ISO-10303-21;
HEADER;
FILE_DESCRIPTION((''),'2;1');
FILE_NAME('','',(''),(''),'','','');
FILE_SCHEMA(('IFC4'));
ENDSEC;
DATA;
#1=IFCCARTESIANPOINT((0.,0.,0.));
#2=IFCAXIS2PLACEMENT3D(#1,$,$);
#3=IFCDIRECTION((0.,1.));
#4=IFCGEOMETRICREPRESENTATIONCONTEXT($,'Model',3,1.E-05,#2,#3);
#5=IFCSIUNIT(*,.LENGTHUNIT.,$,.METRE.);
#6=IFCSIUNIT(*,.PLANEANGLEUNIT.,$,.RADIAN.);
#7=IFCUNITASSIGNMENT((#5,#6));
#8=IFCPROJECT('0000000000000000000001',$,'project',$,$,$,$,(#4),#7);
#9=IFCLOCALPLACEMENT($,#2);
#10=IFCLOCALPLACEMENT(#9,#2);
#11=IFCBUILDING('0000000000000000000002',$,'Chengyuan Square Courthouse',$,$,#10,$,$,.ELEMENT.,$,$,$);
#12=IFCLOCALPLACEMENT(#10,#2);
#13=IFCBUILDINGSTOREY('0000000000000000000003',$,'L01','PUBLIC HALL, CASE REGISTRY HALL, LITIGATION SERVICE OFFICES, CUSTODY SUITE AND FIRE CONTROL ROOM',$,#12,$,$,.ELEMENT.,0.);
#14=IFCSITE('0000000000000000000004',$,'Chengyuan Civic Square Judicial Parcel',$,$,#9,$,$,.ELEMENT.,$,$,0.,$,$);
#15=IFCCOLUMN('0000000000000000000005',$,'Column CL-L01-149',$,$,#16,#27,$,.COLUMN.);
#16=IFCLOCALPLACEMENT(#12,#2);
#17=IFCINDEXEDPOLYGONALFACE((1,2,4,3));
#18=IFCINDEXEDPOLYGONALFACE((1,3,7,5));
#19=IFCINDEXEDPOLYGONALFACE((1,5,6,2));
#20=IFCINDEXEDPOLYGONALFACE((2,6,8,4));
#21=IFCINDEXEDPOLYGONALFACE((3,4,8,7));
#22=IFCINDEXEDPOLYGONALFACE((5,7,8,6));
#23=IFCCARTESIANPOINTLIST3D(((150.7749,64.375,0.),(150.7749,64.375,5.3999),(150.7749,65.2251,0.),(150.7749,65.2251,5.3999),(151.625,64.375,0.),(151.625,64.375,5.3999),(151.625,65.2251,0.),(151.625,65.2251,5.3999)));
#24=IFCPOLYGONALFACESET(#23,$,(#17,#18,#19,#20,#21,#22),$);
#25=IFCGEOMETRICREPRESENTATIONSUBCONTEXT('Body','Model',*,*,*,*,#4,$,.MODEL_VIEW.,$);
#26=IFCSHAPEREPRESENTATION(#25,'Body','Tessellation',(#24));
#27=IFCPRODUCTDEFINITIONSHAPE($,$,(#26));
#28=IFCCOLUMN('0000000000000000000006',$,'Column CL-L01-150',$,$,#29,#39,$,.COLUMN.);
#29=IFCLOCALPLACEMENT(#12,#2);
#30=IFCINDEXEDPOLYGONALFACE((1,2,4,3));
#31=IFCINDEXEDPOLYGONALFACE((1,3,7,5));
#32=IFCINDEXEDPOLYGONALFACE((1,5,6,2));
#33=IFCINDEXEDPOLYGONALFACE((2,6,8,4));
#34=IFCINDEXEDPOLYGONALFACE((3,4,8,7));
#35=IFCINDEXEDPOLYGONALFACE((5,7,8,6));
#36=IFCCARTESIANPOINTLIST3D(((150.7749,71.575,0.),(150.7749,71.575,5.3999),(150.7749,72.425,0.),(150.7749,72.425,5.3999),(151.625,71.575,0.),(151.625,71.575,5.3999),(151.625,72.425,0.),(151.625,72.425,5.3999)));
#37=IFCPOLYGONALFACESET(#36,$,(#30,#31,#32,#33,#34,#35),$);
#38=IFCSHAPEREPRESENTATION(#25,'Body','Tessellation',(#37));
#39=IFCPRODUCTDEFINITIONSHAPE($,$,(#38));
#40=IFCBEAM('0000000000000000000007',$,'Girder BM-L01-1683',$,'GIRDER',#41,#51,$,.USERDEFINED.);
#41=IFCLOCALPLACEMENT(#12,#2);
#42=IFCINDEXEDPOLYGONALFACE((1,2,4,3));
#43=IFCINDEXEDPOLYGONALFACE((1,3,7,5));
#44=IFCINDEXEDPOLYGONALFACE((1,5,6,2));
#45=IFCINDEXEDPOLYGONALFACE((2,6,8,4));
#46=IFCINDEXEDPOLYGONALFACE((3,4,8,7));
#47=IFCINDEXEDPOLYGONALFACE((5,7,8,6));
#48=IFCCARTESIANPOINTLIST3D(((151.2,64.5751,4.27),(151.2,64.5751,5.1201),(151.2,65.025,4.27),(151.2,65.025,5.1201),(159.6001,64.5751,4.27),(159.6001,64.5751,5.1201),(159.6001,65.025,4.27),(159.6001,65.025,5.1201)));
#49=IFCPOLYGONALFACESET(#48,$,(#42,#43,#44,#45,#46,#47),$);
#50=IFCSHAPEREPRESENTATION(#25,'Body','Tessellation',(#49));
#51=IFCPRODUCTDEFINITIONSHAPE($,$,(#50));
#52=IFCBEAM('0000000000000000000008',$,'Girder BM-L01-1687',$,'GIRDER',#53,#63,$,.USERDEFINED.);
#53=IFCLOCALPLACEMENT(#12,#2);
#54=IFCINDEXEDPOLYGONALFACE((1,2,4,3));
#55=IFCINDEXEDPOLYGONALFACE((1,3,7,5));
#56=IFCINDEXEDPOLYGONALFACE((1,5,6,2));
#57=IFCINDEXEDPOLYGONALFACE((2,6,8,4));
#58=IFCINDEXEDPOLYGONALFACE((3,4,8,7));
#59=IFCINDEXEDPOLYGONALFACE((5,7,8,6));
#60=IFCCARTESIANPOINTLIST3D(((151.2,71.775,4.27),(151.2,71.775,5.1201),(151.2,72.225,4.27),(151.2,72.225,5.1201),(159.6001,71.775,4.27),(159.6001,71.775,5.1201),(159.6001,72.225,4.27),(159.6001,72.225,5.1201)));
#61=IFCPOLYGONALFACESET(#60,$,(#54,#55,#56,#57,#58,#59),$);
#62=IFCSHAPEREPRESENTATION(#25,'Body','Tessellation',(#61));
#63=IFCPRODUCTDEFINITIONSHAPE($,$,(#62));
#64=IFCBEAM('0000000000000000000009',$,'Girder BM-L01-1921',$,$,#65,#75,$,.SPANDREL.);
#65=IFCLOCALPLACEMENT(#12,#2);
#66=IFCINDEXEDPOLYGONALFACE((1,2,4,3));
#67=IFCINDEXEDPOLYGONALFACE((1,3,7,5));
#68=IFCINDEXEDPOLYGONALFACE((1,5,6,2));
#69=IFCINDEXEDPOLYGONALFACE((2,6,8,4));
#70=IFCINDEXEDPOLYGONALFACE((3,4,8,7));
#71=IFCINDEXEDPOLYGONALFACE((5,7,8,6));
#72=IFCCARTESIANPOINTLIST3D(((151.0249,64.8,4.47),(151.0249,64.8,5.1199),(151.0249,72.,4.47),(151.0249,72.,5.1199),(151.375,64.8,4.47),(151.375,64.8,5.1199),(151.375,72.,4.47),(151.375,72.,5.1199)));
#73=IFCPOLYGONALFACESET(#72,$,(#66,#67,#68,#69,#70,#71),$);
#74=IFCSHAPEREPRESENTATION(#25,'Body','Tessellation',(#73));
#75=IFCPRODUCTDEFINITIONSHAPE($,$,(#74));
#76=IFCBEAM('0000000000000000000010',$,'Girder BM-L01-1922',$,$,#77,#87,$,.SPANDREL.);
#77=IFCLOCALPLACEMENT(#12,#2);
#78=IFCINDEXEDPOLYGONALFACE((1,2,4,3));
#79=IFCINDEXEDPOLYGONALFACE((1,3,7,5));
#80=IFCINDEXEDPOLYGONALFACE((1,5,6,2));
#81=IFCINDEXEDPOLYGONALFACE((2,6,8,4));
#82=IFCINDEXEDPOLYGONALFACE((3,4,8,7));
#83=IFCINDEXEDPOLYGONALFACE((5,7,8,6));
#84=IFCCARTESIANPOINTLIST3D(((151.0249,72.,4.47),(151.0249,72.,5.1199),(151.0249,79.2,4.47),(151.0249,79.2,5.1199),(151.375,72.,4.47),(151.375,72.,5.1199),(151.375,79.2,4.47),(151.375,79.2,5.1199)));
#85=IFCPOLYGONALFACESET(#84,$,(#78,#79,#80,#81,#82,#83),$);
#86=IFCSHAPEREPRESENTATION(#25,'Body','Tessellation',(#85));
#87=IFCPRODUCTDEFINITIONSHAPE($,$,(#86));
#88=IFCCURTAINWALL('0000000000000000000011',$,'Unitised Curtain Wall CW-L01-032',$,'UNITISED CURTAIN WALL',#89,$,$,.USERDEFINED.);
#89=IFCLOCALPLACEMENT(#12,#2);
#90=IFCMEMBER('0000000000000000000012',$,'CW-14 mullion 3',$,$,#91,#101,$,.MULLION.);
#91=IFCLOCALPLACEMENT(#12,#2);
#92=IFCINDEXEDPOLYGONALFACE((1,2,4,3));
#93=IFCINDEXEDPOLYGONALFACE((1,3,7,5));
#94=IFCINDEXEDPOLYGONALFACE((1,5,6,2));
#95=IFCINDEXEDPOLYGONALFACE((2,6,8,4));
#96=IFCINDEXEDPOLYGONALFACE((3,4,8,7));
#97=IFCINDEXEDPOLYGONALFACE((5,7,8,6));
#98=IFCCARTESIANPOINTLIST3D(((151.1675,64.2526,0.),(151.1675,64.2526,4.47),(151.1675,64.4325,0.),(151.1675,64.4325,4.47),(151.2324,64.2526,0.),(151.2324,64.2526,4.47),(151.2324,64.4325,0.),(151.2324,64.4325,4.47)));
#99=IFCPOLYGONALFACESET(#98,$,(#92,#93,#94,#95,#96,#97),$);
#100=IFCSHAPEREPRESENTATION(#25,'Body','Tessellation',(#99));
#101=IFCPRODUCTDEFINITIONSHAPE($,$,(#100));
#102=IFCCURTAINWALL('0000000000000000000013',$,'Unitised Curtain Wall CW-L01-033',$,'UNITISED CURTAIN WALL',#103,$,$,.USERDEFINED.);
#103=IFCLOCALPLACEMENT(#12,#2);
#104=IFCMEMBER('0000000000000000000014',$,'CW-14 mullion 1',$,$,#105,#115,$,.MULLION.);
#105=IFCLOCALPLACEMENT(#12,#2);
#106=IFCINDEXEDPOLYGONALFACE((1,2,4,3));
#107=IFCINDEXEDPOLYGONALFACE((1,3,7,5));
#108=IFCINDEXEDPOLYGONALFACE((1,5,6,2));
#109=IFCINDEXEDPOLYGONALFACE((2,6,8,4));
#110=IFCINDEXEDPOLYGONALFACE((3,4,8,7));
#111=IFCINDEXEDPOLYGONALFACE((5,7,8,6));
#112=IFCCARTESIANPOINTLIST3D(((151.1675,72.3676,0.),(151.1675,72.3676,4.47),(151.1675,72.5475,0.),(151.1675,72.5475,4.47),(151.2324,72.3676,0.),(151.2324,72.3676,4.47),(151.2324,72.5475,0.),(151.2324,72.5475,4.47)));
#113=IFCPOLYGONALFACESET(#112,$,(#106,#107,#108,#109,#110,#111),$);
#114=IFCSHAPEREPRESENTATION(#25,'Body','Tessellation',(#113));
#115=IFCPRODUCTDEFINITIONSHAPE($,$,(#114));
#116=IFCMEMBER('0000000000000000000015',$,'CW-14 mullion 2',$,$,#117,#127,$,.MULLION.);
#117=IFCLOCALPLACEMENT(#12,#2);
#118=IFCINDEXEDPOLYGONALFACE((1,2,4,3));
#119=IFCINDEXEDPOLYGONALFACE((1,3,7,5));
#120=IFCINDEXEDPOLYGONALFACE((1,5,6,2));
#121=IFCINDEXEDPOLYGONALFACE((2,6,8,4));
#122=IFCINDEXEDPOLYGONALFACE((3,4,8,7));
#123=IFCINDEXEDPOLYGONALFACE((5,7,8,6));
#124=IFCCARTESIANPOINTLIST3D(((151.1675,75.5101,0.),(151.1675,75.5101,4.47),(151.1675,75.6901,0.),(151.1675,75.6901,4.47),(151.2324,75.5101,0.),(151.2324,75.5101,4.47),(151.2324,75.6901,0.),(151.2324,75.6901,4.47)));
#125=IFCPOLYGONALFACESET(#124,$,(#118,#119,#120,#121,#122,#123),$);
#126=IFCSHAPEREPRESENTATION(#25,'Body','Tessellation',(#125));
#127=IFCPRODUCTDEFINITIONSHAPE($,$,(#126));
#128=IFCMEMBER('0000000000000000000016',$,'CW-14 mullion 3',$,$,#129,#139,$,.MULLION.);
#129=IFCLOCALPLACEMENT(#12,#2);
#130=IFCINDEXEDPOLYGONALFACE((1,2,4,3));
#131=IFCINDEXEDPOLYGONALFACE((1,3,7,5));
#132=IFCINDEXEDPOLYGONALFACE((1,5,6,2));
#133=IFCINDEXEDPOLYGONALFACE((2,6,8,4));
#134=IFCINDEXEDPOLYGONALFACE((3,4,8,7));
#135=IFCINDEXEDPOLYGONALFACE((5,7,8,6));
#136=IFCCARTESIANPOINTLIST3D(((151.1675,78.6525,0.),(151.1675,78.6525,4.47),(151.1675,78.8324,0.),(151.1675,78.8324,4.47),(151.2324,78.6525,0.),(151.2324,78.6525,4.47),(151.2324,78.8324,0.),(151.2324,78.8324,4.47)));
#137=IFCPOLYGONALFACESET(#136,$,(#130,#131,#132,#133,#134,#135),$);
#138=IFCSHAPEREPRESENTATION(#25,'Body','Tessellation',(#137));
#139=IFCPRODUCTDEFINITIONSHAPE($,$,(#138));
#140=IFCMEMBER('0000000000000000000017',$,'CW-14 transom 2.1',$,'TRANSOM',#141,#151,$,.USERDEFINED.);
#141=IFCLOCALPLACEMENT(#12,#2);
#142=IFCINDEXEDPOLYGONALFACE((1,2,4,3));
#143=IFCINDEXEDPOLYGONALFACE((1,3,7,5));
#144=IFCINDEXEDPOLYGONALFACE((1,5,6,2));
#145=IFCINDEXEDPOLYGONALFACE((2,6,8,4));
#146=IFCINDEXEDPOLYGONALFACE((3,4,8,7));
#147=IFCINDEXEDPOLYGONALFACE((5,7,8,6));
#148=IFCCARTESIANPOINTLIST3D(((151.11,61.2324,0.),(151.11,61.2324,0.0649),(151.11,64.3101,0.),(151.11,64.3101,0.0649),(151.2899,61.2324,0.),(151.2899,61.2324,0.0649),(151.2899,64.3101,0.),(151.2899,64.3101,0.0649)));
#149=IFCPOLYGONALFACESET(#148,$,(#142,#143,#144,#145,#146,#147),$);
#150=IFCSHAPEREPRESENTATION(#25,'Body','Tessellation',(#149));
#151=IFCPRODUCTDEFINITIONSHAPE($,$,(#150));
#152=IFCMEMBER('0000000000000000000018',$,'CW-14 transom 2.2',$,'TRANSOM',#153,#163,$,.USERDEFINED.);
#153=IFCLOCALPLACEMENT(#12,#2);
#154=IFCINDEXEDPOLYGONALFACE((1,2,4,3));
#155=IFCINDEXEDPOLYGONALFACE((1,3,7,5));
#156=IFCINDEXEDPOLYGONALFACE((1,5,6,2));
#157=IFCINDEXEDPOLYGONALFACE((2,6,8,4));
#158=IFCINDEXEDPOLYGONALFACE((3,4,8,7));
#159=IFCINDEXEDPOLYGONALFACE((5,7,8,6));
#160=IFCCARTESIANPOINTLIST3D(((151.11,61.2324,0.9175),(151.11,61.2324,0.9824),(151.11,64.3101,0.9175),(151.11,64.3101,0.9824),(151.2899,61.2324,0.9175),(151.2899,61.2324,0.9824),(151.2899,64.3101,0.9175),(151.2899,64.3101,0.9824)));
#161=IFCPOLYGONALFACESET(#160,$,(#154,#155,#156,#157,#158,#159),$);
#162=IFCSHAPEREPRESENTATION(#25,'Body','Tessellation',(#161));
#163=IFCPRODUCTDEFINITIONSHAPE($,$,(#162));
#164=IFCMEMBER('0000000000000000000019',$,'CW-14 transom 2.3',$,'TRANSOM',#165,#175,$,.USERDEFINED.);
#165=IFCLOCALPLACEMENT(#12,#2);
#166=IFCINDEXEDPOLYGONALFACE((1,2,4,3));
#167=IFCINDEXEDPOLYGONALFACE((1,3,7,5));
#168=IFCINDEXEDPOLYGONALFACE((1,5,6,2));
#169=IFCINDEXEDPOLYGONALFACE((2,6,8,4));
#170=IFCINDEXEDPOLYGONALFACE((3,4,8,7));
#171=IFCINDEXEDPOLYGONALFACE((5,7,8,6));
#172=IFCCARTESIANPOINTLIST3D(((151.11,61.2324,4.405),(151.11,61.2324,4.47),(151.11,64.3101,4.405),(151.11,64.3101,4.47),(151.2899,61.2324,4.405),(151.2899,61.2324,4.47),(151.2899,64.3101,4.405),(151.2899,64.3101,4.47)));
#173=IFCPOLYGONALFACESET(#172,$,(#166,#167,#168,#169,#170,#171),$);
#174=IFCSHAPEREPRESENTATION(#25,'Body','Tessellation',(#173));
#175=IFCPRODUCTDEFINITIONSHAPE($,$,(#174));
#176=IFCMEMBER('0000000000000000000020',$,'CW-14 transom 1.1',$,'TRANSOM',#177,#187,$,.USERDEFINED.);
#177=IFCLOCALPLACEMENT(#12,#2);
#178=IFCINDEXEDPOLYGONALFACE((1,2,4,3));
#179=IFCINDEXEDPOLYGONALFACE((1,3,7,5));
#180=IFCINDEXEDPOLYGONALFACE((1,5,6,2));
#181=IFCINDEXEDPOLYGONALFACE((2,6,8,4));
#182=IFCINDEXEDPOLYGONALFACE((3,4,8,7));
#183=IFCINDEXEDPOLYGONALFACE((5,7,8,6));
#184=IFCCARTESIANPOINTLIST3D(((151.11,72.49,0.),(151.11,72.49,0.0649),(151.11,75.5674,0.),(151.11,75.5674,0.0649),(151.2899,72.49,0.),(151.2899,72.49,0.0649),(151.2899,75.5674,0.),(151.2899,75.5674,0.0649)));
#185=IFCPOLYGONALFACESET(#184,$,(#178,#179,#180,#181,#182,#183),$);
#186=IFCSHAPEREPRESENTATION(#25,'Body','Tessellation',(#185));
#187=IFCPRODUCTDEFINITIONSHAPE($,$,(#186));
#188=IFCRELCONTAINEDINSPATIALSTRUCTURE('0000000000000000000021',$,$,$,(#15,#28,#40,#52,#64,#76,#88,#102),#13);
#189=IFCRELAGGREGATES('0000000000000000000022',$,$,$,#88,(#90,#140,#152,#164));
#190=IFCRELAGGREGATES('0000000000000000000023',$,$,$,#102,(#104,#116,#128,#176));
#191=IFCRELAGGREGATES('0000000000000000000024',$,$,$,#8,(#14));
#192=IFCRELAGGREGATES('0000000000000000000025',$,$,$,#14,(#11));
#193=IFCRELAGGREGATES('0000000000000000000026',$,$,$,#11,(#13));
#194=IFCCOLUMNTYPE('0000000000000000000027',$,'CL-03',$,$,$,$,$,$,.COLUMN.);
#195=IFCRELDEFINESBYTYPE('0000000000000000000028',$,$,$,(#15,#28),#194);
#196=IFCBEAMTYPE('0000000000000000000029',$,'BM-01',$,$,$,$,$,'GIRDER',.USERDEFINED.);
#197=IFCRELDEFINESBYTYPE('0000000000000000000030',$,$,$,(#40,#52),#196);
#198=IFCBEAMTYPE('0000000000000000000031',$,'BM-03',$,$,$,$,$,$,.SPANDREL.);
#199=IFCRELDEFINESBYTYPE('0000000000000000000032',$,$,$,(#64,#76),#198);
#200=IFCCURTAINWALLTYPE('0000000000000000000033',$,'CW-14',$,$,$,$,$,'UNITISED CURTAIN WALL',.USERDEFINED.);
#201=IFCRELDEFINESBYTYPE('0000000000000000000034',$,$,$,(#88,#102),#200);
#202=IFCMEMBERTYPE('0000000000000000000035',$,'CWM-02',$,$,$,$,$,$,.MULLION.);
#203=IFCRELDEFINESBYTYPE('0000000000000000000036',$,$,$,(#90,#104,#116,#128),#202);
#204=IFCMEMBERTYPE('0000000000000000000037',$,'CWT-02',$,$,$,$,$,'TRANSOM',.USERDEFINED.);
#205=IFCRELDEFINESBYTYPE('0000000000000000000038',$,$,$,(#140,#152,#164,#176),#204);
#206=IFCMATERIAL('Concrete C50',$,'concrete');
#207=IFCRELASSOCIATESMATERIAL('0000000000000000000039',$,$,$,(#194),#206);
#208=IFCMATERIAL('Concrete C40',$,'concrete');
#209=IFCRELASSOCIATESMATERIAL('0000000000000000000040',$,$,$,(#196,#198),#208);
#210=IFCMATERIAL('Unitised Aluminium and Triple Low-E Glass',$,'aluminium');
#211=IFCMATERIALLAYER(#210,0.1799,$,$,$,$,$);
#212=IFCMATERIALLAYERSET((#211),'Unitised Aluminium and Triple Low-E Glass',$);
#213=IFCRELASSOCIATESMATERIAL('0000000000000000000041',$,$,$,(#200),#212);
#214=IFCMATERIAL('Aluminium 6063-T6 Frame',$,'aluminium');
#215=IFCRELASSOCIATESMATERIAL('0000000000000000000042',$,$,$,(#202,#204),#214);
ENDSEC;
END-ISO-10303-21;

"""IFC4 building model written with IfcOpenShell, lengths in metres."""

from ifc_helpers import new_model, si_unit, direction, frame, origin, origin_2d, place, context, subcontext, project, spatial, rectangle, extrude, material, layer, layer_set, material_profile, profile_set, type_object, element, aggregate, save


model = new_model("IFC4")

# Units and contexts
model_context = context("Model", 3, precision=1e-05, world=origin(), true_north=direction((0.0, 1.0)))
body_context = subcontext(model_context, "Body", "Model", "MODEL_VIEW")
ifc_project = project(units=[si_unit("LENGTHUNIT", "METRE"), si_unit("PLANEANGLEUNIT", "RADIAN")], contexts=[model_context])

# Site, building, storey
site_placement = place(None, origin())
site = spatial("IfcSite", under=ifc_project, at=site_placement, Name="Chengyuan Civic Square Judicial Parcel", CompositionType="ELEMENT", RefElevation=0.0)
building_placement = place(site_placement, origin())
building = spatial("IfcBuilding", under=site, at=building_placement, Name="Chengyuan Square Courthouse", CompositionType="ELEMENT")
storey_placement = place(building_placement, origin())
storey = spatial("IfcBuildingStorey", under=building, at=storey_placement, Name="L01", Description="PUBLIC HALL, CASE REGISTRY HALL, LITIGATION SERVICE OFFICES, CUSTODY SUITE AND FIRE CONTROL ROOM", CompositionType="ELEMENT", Elevation=0.0)

# Columns
ifc_material_1 = material(Name="Concrete C50", Category="concrete")
ifc_material_profile_1 = material_profile(ifc_material_1, rectangle(XDim=0.8501, YDim=0.8501, at=origin_2d()), Name="RC-COL-850x850")
ifc_profile_set_1 = profile_set([ifc_material_profile_1], Name="Concrete C50")
column_type = type_object("IfcColumnType", Name="CL-03", PredefinedType="COLUMN", material=ifc_profile_set_1)
for number, where, z_axis, x_axis, name in (
    (1, (151.2, 64.8, 0.0), (0.0, 0.0, 1.0), (1.0, 0.0, 0.0), "Column CL-L01-149"),
    (2, (151.2, 72.0, 0.0), (0.0, 0.0, 1.0), (1.0, 0.0, 0.0), "Column CL-L01-150"),
):
    element("IfcColumn", number, at=place(storey_placement, frame(where, z_axis=z_axis, x_axis=x_axis)), inside=storey, type_object=column_type, Name=name, PredefinedType="COLUMN", context=body_context, shape_type="SweptSolid", body=[
        extrude(rectangle(XDim=0.8501, YDim=0.8501, at=origin_2d()), origin(), (0.0, 0.0, 1.0), 5.3999),
    ])

# Beams
ifc_material_2 = material(Name="Concrete C40", Category="concrete")
ifc_material_profile_2 = material_profile(ifc_material_2, rectangle(XDim=0.45, YDim=0.8501, at=origin_2d()), Name="RC-BM-450x850")
ifc_profile_set_2 = profile_set([ifc_material_profile_2], Name="Concrete C40")
beam_type_1 = type_object("IfcBeamType", Name="BM-01", ElementType="GIRDER", PredefinedType="USERDEFINED", material=ifc_profile_set_2)
for number, where, z_axis, x_axis, name in (
    (3, (151.2, 64.8, 4.6951), (1.0, 0.0, 0.0), (0.0, 1.0, 0.0), "Girder BM-L01-1683"),
    (4, (151.2, 72.0, 4.6951), (1.0, 0.0, 0.0), (0.0, 1.0, 0.0), "Girder BM-L01-1687"),
):
    element("IfcBeam", number, at=place(storey_placement, frame(where, z_axis=z_axis, x_axis=x_axis)), inside=storey, type_object=beam_type_1, Name=name, ObjectType="GIRDER", PredefinedType="USERDEFINED", context=body_context, shape_type="SweptSolid", body=[
        extrude(rectangle(XDim=0.45, YDim=0.8501, at=origin_2d()), origin(), (0.0, 0.0, 1.0), 8.4001),
    ])
ifc_material_profile_3 = material_profile(ifc_material_2, rectangle(XDim=0.3501, YDim=0.6499, at=origin_2d()), Name="RC-BM-350x650")
ifc_profile_set_3 = profile_set([ifc_material_profile_3], Name="Concrete C40")
beam_type_2 = type_object("IfcBeamType", Name="BM-03", PredefinedType="SPANDREL", material=ifc_profile_set_3)
for number, where, z_axis, x_axis, name in (
    (5, (151.2, 64.8, 4.7949), (0.0, 1.0, 0.0), (-1.0, 0.0, 0.0), "Girder BM-L01-1921"),
    (6, (151.2, 72.0, 4.7949), (0.0, 1.0, 0.0), (-1.0, 0.0, 0.0), "Girder BM-L01-1922"),
):
    element("IfcBeam", number, at=place(storey_placement, frame(where, z_axis=z_axis, x_axis=x_axis)), inside=storey, type_object=beam_type_2, Name=name, PredefinedType="SPANDREL", context=body_context, shape_type="SweptSolid", body=[
        extrude(rectangle(XDim=0.3501, YDim=0.6499, at=origin_2d()), origin(), (0.0, 0.0, 1.0), 7.2),
    ])

# Curtain wall, member
ifc_material_3 = material(Name="Unitised Aluminium and Triple Low-E Glass", Category="aluminium")
ifc_layer_1 = layer(ifc_material_3, 0.1799)
ifc_layer_set_1 = layer_set([ifc_layer_1], Name="Unitised Aluminium and Triple Low-E Glass")
curtain_wall_type = type_object("IfcCurtainWallType", Name="CW-14", ElementType="UNITISED CURTAIN WALL", PredefinedType="USERDEFINED", material=ifc_layer_set_1)
curtain_wall_1_placement = place(storey_placement, origin())
curtain_wall_1 = element("IfcCurtainWall", 7, at=curtain_wall_1_placement, inside=storey, type_object=curtain_wall_type, Name="Unitised Curtain Wall CW-L01-032", ObjectType="UNITISED CURTAIN WALL", PredefinedType="USERDEFINED")
ifc_material_4 = material(Name="Aluminium 6063-T6 Frame", Category="aluminium")
ifc_material_profile_4 = material_profile(ifc_material_4, rectangle(XDim=0.0649, YDim=0.1799, at=origin_2d()), Name="CW-MUL-65x180")
ifc_profile_set_4 = profile_set([ifc_material_profile_4], Name="Aluminium 6063-T6 Frame")
member_type_1 = type_object("IfcMemberType", Name="CWM-02", PredefinedType="MULLION", material=ifc_profile_set_4)
member_1_placement = place(storey_placement, frame((151.2, 64.3425, 0.0), z_axis=(0.0, 0.0, 1.0), x_axis=(-1.0, 0.0, 0.0)))
member_1 = element("IfcMember", 8, at=member_1_placement, type_object=member_type_1, Name="CW-14 mullion 3", PredefinedType="MULLION", context=body_context, shape_type="SweptSolid", body=[
    extrude(rectangle(XDim=0.0649, YDim=0.1799, at=origin_2d()), origin(), (0.0, 0.0, 1.0), 4.47),
])

# Curtain wall, members
curtain_wall_2_placement = place(storey_placement, origin())
curtain_wall_2 = element("IfcCurtainWall", 9, at=curtain_wall_2_placement, inside=storey, type_object=curtain_wall_type, Name="Unitised Curtain Wall CW-L01-033", ObjectType="UNITISED CURTAIN WALL", PredefinedType="USERDEFINED")
member_2_placement = place(storey_placement, frame((151.2, 72.4575, 0.0), z_axis=(0.0, 0.0, 1.0), x_axis=(-1.0, 0.0, 0.0)))
member_2 = element("IfcMember", 10, at=member_2_placement, type_object=member_type_1, Name="CW-14 mullion 1", PredefinedType="MULLION", context=body_context, shape_type="SweptSolid", body=[
    extrude(rectangle(XDim=0.0649, YDim=0.1799, at=origin_2d()), origin(), (0.0, 0.0, 1.0), 4.47),
])
member_3_placement = place(storey_placement, frame((151.2, 75.6001, 0.0), z_axis=(0.0, 0.0, 1.0), x_axis=(-1.0, 0.0, 0.0)))
member_3 = element("IfcMember", 11, at=member_3_placement, type_object=member_type_1, Name="CW-14 mullion 2", PredefinedType="MULLION", context=body_context, shape_type="SweptSolid", body=[
    extrude(rectangle(XDim=0.0649, YDim=0.1799, at=origin_2d()), origin(), (0.0, 0.0, 1.0), 4.47),
])
member_4_placement = place(storey_placement, frame((151.2, 78.7424, 0.0), z_axis=(0.0, 0.0, 1.0), x_axis=(-1.0, 0.0, 0.0)))
member_4 = element("IfcMember", 12, at=member_4_placement, type_object=member_type_1, Name="CW-14 mullion 3", PredefinedType="MULLION", context=body_context, shape_type="SweptSolid", body=[
    extrude(rectangle(XDim=0.0649, YDim=0.1799, at=origin_2d()), origin(), (0.0, 0.0, 1.0), 4.47),
])

# Members
ifc_material_profile_5 = material_profile(ifc_material_4, rectangle(XDim=0.1799, YDim=0.0649, at=origin_2d()), Name="CW-TRN-65x140")
ifc_profile_set_5 = profile_set([ifc_material_profile_5], Name="Aluminium 6063-T6 Frame")
member_type_2 = type_object("IfcMemberType", Name="CWT-02", ElementType="TRANSOM", PredefinedType="USERDEFINED", material=ifc_profile_set_5)
member_5_placement = place(storey_placement, frame((151.2, 61.2324, 0.0325), z_axis=(0.0, 1.0, 0.0), x_axis=(-1.0, 0.0, 0.0)))
member_5 = element("IfcMember", 13, at=member_5_placement, type_object=member_type_2, Name="CW-14 transom 2.1", ObjectType="TRANSOM", PredefinedType="USERDEFINED", context=body_context, shape_type="SweptSolid", body=[
    extrude(rectangle(XDim=0.1799, YDim=0.0649, at=origin_2d()), origin(), (0.0, 0.0, 1.0), 3.0776),
])
member_6_placement = place(storey_placement, frame((151.2, 61.2324, 0.95), z_axis=(0.0, 1.0, 0.0), x_axis=(-1.0, 0.0, 0.0)))
member_6 = element("IfcMember", 14, at=member_6_placement, type_object=member_type_2, Name="CW-14 transom 2.2", ObjectType="TRANSOM", PredefinedType="USERDEFINED", context=body_context, shape_type="SweptSolid", body=[
    extrude(rectangle(XDim=0.1799, YDim=0.0649, at=origin_2d()), origin(), (0.0, 0.0, 1.0), 3.0776),
])
member_7_placement = place(storey_placement, frame((151.2, 61.2324, 4.4375), z_axis=(0.0, 1.0, 0.0), x_axis=(-1.0, 0.0, 0.0)))
member_7 = element("IfcMember", 15, at=member_7_placement, type_object=member_type_2, Name="CW-14 transom 2.3", ObjectType="TRANSOM", PredefinedType="USERDEFINED", context=body_context, shape_type="SweptSolid", body=[
    extrude(rectangle(XDim=0.1799, YDim=0.0649, at=origin_2d()), origin(), (0.0, 0.0, 1.0), 3.0776),
])
member_8_placement = place(storey_placement, frame((151.2, 72.49, 0.0325), z_axis=(0.0, 1.0, 0.0), x_axis=(-1.0, 0.0, 0.0)))
member_8 = element("IfcMember", 16, at=member_8_placement, type_object=member_type_2, Name="CW-14 transom 1.1", ObjectType="TRANSOM", PredefinedType="USERDEFINED", context=body_context, shape_type="SweptSolid", body=[
    extrude(rectangle(XDim=0.1799, YDim=0.0649, at=origin_2d()), origin(), (0.0, 0.0, 1.0), 3.0774),
])

aggregate(curtain_wall_1, [member_1, member_5, member_6, member_7])
aggregate(curtain_wall_2, [member_2, member_3, member_4, member_8])

save(model, "model.ifc")
